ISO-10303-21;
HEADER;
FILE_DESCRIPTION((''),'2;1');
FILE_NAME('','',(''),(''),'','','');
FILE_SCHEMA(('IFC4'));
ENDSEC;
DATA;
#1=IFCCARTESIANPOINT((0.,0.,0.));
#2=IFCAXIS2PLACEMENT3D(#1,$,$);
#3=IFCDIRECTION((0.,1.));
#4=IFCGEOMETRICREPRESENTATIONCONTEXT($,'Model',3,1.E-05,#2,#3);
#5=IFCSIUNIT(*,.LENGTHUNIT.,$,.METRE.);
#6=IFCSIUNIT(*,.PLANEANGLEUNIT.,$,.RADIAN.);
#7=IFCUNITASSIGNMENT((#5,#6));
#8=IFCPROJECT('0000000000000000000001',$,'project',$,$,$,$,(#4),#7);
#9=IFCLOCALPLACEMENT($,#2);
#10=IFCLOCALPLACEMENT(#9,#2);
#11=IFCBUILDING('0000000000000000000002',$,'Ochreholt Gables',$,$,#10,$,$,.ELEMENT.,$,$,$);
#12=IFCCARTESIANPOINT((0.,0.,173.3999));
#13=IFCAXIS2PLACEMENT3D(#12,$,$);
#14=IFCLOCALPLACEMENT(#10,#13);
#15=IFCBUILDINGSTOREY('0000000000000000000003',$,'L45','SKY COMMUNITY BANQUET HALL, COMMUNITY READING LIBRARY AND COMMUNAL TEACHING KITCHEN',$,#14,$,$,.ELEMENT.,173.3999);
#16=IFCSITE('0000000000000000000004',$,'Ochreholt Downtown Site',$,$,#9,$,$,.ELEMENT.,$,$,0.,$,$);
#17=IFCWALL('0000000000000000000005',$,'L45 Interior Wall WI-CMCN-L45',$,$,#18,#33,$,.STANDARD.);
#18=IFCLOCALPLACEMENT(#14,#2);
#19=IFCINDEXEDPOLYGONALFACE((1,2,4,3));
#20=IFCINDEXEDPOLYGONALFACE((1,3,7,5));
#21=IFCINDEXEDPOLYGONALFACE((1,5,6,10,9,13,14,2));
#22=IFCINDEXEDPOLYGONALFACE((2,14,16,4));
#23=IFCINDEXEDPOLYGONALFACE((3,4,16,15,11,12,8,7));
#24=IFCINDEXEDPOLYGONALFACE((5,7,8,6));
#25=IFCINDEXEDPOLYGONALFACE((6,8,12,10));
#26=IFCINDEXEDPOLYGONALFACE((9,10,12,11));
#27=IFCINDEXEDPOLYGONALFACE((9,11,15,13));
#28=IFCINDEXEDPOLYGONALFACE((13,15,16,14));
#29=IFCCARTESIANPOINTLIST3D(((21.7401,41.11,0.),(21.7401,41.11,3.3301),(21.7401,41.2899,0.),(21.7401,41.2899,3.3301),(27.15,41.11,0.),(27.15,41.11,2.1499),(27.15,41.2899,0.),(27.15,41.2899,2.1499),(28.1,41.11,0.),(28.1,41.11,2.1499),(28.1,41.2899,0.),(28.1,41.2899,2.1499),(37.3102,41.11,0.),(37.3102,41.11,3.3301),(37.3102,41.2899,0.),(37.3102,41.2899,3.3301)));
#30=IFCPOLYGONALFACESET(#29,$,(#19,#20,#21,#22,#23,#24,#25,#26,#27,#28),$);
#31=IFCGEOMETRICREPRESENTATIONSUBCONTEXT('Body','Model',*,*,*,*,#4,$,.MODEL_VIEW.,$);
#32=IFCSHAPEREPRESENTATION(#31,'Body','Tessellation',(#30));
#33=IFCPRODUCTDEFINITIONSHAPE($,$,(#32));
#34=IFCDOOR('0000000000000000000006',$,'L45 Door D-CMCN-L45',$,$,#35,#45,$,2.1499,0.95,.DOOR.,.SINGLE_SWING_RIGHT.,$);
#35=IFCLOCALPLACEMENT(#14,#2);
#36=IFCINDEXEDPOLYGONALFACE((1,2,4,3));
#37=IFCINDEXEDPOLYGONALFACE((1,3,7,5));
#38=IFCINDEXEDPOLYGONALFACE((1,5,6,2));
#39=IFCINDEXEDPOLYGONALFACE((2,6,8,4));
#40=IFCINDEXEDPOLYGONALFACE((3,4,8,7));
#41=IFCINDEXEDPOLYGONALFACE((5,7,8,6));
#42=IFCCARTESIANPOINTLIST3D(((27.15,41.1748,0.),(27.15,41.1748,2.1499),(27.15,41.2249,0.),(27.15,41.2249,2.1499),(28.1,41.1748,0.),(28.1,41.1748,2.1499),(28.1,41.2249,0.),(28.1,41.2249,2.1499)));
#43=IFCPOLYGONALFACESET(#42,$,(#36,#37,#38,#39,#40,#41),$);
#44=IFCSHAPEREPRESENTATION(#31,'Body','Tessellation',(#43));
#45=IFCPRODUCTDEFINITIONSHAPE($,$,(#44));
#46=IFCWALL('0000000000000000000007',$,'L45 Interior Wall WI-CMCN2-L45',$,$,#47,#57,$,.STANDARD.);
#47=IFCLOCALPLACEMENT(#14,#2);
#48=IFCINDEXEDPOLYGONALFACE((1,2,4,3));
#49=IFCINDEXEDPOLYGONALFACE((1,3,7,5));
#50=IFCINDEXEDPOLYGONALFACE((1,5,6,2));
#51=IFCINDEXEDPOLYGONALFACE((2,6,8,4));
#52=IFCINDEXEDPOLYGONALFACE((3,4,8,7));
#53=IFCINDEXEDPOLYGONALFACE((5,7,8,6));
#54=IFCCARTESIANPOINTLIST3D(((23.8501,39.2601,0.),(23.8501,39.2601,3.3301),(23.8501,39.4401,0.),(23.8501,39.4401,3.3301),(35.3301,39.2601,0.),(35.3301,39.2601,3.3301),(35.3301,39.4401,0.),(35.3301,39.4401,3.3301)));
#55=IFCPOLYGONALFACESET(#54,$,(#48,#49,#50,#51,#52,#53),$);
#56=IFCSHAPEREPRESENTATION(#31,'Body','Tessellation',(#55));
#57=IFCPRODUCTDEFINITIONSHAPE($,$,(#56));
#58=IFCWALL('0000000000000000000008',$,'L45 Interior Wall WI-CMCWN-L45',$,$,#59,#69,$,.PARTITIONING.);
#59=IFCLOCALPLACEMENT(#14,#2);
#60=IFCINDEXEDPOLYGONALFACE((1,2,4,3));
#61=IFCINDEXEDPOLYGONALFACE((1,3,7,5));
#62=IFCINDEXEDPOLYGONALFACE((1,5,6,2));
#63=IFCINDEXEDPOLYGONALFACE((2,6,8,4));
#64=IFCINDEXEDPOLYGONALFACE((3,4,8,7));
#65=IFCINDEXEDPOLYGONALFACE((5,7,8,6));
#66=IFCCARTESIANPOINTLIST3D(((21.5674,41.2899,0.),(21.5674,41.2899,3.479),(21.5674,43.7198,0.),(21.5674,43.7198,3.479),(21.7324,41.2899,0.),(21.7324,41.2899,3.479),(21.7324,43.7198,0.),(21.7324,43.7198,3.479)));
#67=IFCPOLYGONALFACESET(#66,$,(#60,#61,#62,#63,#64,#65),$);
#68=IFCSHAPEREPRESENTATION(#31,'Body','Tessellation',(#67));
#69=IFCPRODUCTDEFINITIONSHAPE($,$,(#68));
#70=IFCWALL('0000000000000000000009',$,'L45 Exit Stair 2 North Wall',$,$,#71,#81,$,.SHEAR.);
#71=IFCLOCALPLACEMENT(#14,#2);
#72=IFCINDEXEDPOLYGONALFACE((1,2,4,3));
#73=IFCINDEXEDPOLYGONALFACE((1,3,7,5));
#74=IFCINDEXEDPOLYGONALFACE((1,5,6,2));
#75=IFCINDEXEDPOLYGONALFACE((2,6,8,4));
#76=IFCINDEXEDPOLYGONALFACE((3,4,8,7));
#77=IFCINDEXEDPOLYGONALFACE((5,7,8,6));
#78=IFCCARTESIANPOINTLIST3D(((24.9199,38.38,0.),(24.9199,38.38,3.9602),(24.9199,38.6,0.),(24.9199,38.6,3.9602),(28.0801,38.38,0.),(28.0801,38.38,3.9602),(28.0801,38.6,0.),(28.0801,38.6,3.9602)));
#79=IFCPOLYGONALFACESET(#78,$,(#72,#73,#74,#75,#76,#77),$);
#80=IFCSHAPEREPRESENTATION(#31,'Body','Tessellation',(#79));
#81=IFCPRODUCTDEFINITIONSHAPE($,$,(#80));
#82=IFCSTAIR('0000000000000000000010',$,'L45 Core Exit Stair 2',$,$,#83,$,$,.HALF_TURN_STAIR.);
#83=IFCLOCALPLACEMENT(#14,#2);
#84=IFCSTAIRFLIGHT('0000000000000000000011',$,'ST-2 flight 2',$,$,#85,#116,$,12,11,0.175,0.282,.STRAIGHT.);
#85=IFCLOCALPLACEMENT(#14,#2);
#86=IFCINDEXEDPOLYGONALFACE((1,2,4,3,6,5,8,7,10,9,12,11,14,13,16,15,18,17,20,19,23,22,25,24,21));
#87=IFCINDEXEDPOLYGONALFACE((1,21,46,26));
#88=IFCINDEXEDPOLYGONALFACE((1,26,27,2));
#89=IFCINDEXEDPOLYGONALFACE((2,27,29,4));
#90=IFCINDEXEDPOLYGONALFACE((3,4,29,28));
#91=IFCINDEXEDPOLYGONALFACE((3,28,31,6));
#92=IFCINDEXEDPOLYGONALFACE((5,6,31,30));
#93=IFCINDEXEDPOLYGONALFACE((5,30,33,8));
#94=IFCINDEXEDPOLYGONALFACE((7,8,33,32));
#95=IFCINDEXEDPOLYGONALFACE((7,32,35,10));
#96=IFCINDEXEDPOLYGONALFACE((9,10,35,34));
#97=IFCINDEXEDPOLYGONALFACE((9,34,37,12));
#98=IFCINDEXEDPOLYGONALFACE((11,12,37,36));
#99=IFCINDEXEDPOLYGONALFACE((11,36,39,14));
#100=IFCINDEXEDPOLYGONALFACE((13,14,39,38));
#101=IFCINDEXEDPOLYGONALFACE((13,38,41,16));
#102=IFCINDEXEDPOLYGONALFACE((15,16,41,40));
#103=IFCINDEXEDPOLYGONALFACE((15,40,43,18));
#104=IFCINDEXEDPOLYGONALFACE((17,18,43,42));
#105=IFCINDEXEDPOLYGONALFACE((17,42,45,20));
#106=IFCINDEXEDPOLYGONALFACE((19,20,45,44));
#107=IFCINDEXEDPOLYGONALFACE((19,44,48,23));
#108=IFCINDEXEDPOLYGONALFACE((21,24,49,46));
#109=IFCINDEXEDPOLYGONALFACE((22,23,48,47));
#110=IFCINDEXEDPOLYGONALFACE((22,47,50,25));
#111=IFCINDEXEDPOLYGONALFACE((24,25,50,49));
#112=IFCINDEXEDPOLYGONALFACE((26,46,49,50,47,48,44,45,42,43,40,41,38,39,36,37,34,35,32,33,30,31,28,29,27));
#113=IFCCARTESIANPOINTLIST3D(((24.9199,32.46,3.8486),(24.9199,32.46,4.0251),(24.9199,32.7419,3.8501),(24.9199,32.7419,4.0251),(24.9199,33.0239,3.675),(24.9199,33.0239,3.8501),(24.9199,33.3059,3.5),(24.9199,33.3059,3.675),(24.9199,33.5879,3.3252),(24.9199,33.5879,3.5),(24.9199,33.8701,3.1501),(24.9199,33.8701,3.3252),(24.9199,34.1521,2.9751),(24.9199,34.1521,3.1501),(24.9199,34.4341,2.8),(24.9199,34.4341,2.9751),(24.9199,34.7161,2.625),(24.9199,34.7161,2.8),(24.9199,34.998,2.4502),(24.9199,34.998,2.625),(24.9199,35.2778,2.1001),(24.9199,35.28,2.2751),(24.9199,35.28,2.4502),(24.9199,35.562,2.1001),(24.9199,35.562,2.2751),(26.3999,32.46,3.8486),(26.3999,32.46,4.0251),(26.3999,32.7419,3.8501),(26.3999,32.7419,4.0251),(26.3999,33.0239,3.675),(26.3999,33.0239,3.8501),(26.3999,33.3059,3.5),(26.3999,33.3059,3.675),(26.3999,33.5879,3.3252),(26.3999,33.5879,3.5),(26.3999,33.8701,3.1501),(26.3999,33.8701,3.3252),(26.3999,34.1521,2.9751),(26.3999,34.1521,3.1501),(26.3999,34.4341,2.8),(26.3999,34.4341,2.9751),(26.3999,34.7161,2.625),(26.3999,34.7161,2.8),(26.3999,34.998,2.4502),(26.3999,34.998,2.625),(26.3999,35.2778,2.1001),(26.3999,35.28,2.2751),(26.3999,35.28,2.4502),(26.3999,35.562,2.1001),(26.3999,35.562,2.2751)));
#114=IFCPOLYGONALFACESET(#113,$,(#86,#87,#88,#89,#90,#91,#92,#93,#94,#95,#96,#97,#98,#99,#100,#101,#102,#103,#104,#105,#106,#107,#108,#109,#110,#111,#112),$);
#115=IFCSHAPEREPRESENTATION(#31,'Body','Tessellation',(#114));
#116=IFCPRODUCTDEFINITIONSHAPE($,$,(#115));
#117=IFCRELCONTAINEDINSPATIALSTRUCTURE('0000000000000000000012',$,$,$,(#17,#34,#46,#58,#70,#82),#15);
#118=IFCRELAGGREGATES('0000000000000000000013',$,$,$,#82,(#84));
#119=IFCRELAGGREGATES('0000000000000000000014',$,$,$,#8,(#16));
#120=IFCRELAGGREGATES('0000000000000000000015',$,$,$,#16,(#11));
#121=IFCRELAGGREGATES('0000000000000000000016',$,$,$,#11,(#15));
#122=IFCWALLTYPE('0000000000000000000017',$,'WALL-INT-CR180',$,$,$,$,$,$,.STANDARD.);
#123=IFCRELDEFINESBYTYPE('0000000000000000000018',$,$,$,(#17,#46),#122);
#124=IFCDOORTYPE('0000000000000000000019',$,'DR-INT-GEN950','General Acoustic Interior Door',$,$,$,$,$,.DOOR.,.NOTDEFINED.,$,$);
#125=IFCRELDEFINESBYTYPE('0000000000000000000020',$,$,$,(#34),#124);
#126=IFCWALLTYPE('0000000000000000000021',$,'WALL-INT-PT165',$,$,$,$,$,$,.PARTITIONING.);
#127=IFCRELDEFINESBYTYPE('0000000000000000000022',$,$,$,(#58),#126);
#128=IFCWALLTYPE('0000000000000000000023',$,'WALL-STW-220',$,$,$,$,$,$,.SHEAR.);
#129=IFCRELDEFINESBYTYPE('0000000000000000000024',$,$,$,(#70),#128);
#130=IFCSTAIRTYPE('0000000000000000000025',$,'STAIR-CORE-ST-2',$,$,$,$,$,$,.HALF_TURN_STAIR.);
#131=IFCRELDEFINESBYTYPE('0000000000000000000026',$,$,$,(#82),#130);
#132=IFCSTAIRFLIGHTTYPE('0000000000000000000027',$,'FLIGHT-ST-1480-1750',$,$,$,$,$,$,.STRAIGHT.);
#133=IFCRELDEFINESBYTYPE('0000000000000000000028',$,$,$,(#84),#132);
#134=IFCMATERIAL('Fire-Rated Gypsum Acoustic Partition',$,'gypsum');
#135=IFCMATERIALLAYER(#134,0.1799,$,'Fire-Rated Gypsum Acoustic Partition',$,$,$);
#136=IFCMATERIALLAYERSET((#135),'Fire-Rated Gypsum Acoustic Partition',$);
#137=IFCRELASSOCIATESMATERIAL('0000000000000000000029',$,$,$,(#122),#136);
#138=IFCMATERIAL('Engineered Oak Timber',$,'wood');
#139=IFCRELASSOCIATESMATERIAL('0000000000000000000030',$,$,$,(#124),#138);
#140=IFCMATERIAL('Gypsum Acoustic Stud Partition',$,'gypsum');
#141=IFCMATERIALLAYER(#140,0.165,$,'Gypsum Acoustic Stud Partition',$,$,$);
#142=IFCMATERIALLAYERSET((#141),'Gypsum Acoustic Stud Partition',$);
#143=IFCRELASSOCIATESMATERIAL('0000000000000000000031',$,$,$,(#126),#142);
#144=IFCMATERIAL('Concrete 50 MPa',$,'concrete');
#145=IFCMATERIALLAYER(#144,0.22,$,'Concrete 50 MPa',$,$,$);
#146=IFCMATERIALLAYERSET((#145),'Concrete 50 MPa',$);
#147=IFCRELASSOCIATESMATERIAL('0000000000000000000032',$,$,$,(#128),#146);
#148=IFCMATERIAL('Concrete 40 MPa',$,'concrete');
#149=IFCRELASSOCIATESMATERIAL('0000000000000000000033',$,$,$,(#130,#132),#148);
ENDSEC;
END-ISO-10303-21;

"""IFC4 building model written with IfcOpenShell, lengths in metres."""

from ifc_helpers import new_model, si_unit, direction, frame, frame_2d, origin, place, context, subcontext, project, spatial, polyline, rectangle, outline, extrude, material, layer, layer_set, type_object, element, fill, aggregate, save


model = new_model("IFC4")

# Units and contexts
model_context = context("Model", 3, precision=1e-05, world=origin(), true_north=direction((0.0, 1.0)))
body_context = subcontext(model_context, "Body", "Model", "MODEL_VIEW")
ifc_project = project(units=[si_unit("LENGTHUNIT", "METRE"), si_unit("PLANEANGLEUNIT", "RADIAN")], contexts=[model_context])

# Site, building, storey
site_placement = place(None, origin())
site = spatial("IfcSite", under=ifc_project, at=site_placement, Name="Ochreholt Downtown Site", CompositionType="ELEMENT", RefElevation=0.0)
building_placement = place(site_placement, origin())
building = spatial("IfcBuilding", under=site, at=building_placement, Name="Ochreholt Gables", CompositionType="ELEMENT")
storey_placement = place(building_placement, frame((0.0, 0.0, 173.3999)))
storey = spatial("IfcBuildingStorey", under=building, at=storey_placement, Name="L45", Description="SKY COMMUNITY BANQUET HALL, COMMUNITY READING LIBRARY AND COMMUNAL TEACHING KITCHEN", CompositionType="ELEMENT", Elevation=173.3999)

# Shared definitions
ifc_material_1 = material(Name="Concrete 50 MPa", Category="concrete")

# Wall, opening, door
ifc_material_2 = material(Name="Fire-Rated Gypsum Acoustic Partition", Category="gypsum")
ifc_layer_1 = layer(ifc_material_2, 0.1799, Name="Fire-Rated Gypsum Acoustic Partition")
ifc_layer_set_1 = layer_set([ifc_layer_1], Name="Fire-Rated Gypsum Acoustic Partition")
wall_type_1 = type_object("IfcWallType", Name="WALL-INT-CR180", PredefinedType="STANDARD", material=ifc_layer_set_1)
wall_1_placement = place(storey_placement, frame((21.74, 41.2, 0.0), z_axis=(0.0, 0.0, 1.0), x_axis=(1.0, 0.0, 0.0)))
wall_1 = element("IfcWall", 1, at=wall_1_placement, inside=storey, type_object=wall_type_1, Name="L45 Interior Wall WI-CMCN-L45", PredefinedType="STANDARD", context=body_context, shape_type="SweptSolid", body=[
    extrude(rectangle(XDim=15.5701, YDim=0.1799, at=frame_2d((7.7852, 0.0))), origin(), (0.0, 0.0, 1.0), 3.3301),
])
opening_1_placement = place(wall_1_placement, frame((5.4099, 0.0, 0.0)))
opening_1 = element("IfcOpeningElement", 2, at=opening_1_placement, cuts=wall_1, PredefinedType="OPENING", context=body_context, shape_type="SweptSolid", body=[
    extrude(rectangle(XDim=0.95, YDim=2.1499, at=frame_2d((0.4751, 1.075))), frame((0.0, 0.0999, 0.0), z_axis=(0.0, -1.0, 0.0), x_axis=(1.0, 0.0, 0.0)), (0.0, 0.0, 1.0), 0.2),
])
ifc_material_3 = material(Name="Engineered Oak Timber", Category="wood")
door_type = type_object("IfcDoorType", Name="DR-INT-GEN950", Description="General Acoustic Interior Door", OperationType="NOTDEFINED", PredefinedType="DOOR", material=ifc_material_3)
door_placement = place(opening_1_placement, origin())
door = element("IfcDoor", 3, at=door_placement, inside=storey, type_object=door_type, Name="L45 Door D-CMCN-L45", OperationType="SINGLE_SWING_RIGHT", OverallHeight=2.1499, OverallWidth=0.95, PredefinedType="DOOR", context=body_context, shape_type="SweptSolid", body=[
    extrude(rectangle(XDim=0.95, YDim=2.1499, at=frame_2d((0.4751, 1.075))), frame((0.0, 0.0249, 0.0), z_axis=(0.0, -1.0, 0.0), x_axis=(1.0, 0.0, 0.0)), (0.0, 0.0, 1.0), 0.05),
])
fill(opening_1, door)

# Walls
wall_2_placement = place(storey_placement, frame((23.8501, 39.3501, 0.0), z_axis=(0.0, 0.0, 1.0), x_axis=(1.0, 0.0, 0.0)))
element("IfcWall", 4, at=wall_2_placement, inside=storey, type_object=wall_type_1, Name="L45 Interior Wall WI-CMCN2-L45", PredefinedType="STANDARD", context=body_context, shape_type="SweptSolid", body=[
    extrude(rectangle(XDim=11.48, YDim=0.1799, at=frame_2d((5.74, 0.0))), origin(), (0.0, 0.0, 1.0), 3.3301),
])
ifc_material_4 = material(Name="Gypsum Acoustic Stud Partition", Category="gypsum")
ifc_layer_2 = layer(ifc_material_4, 0.165, Name="Gypsum Acoustic Stud Partition")
ifc_layer_set_2 = layer_set([ifc_layer_2], Name="Gypsum Acoustic Stud Partition")
wall_type_2 = type_object("IfcWallType", Name="WALL-INT-PT165", PredefinedType="PARTITIONING", material=ifc_layer_set_2)
wall_3_placement = place(storey_placement, frame((21.6499, 41.29, 0.0), z_axis=(0.0, 0.0, 1.0), x_axis=(0.0, 1.0, 0.0)))
element("IfcWall", 5, at=wall_3_placement, inside=storey, type_object=wall_type_2, Name="L45 Interior Wall WI-CMCWN-L45", PredefinedType="PARTITIONING", context=body_context, shape_type="SweptSolid", body=[
    extrude(rectangle(XDim=2.4299, YDim=0.165, at=frame_2d((1.2148, 0.0))), origin(), (0.0, 0.0, 1.0), 3.479),
])
ifc_layer_3 = layer(ifc_material_1, 0.22, Name="Concrete 50 MPa")
ifc_layer_set_3 = layer_set([ifc_layer_3], Name="Concrete 50 MPa")
wall_type_3 = type_object("IfcWallType", Name="WALL-STW-220", PredefinedType="SHEAR", material=ifc_layer_set_3)
wall_4_placement = place(storey_placement, frame((24.9199, 38.49, 0.0), z_axis=(0.0, 0.0, 1.0), x_axis=(1.0, 0.0, 0.0)))
element("IfcWall", 6, at=wall_4_placement, inside=storey, type_object=wall_type_3, Name="L45 Exit Stair 2 North Wall", PredefinedType="SHEAR", context=body_context, shape_type="SweptSolid", body=[
    extrude(rectangle(XDim=3.1602, YDim=0.22, at=frame_2d((1.5801, 0.0))), origin(), (0.0, 0.0, 1.0), 3.9602),
])

# Stair, stair flight
ifc_material_5 = material(Name="Concrete 40 MPa", Category="concrete")
stair_type = type_object("IfcStairType", Name="STAIR-CORE-ST-2", PredefinedType="HALF_TURN_STAIR", material=ifc_material_5)
stair_placement = place(storey_placement, origin())
stair = element("IfcStair", 7, at=stair_placement, inside=storey, type_object=stair_type, Name="L45 Core Exit Stair 2", PredefinedType="HALF_TURN_STAIR")
stair_flight_type = type_object("IfcStairFlightType", Name="FLIGHT-ST-1480-1750", PredefinedType="STRAIGHT", material=ifc_material_5)
stair_flight_placement = place(storey_placement, frame((25.6599, 35.562, 2.1001), z_axis=(0.0, 0.0, 1.0), x_axis=(0.0, -1.0, 0.0)))
stair_flight = element("IfcStairFlight", 8, at=stair_flight_placement, type_object=stair_flight_type, Name="ST-2 flight 2", NumberOfRisers=12, NumberOfTreads=11, PredefinedType="STRAIGHT", RiserHeight=0.175, TreadLength=0.282, context=body_context, shape_type="SweptSolid", body=[
    extrude(outline(polyline([(0.0, 0.0), (0.0, 0.175), (0.282, 0.175), (0.282, 0.3501), (0.564, 0.3501), (0.564, 0.5249), (0.8459, 0.5249), (0.8459, 0.7), (1.1279, 0.7), (1.1279, 0.875), (1.4099, 0.875), (1.4099, 1.05), (1.6919, 1.05), (1.6919, 1.2251), (1.9741, 1.2251), (1.9741, 1.3999), (2.2561, 1.3999), (2.2561, 1.575), (2.5381, 1.575), (2.5381, 1.75), (2.8201, 1.75), (2.8201, 1.925), (3.1021, 1.925), (3.1021, 2.1001), (3.1021, 1.7485), (0.2842, 0.0), (0.0, 0.0)])), frame((0.0, 0.74, 0.0), z_axis=(0.0, -1.0, 0.0), x_axis=(1.0, 0.0, 0.0)), (0.0, 0.0, 1.0), 1.48),
])
aggregate(stair, [stair_flight])

save(model, "model.ifc")
